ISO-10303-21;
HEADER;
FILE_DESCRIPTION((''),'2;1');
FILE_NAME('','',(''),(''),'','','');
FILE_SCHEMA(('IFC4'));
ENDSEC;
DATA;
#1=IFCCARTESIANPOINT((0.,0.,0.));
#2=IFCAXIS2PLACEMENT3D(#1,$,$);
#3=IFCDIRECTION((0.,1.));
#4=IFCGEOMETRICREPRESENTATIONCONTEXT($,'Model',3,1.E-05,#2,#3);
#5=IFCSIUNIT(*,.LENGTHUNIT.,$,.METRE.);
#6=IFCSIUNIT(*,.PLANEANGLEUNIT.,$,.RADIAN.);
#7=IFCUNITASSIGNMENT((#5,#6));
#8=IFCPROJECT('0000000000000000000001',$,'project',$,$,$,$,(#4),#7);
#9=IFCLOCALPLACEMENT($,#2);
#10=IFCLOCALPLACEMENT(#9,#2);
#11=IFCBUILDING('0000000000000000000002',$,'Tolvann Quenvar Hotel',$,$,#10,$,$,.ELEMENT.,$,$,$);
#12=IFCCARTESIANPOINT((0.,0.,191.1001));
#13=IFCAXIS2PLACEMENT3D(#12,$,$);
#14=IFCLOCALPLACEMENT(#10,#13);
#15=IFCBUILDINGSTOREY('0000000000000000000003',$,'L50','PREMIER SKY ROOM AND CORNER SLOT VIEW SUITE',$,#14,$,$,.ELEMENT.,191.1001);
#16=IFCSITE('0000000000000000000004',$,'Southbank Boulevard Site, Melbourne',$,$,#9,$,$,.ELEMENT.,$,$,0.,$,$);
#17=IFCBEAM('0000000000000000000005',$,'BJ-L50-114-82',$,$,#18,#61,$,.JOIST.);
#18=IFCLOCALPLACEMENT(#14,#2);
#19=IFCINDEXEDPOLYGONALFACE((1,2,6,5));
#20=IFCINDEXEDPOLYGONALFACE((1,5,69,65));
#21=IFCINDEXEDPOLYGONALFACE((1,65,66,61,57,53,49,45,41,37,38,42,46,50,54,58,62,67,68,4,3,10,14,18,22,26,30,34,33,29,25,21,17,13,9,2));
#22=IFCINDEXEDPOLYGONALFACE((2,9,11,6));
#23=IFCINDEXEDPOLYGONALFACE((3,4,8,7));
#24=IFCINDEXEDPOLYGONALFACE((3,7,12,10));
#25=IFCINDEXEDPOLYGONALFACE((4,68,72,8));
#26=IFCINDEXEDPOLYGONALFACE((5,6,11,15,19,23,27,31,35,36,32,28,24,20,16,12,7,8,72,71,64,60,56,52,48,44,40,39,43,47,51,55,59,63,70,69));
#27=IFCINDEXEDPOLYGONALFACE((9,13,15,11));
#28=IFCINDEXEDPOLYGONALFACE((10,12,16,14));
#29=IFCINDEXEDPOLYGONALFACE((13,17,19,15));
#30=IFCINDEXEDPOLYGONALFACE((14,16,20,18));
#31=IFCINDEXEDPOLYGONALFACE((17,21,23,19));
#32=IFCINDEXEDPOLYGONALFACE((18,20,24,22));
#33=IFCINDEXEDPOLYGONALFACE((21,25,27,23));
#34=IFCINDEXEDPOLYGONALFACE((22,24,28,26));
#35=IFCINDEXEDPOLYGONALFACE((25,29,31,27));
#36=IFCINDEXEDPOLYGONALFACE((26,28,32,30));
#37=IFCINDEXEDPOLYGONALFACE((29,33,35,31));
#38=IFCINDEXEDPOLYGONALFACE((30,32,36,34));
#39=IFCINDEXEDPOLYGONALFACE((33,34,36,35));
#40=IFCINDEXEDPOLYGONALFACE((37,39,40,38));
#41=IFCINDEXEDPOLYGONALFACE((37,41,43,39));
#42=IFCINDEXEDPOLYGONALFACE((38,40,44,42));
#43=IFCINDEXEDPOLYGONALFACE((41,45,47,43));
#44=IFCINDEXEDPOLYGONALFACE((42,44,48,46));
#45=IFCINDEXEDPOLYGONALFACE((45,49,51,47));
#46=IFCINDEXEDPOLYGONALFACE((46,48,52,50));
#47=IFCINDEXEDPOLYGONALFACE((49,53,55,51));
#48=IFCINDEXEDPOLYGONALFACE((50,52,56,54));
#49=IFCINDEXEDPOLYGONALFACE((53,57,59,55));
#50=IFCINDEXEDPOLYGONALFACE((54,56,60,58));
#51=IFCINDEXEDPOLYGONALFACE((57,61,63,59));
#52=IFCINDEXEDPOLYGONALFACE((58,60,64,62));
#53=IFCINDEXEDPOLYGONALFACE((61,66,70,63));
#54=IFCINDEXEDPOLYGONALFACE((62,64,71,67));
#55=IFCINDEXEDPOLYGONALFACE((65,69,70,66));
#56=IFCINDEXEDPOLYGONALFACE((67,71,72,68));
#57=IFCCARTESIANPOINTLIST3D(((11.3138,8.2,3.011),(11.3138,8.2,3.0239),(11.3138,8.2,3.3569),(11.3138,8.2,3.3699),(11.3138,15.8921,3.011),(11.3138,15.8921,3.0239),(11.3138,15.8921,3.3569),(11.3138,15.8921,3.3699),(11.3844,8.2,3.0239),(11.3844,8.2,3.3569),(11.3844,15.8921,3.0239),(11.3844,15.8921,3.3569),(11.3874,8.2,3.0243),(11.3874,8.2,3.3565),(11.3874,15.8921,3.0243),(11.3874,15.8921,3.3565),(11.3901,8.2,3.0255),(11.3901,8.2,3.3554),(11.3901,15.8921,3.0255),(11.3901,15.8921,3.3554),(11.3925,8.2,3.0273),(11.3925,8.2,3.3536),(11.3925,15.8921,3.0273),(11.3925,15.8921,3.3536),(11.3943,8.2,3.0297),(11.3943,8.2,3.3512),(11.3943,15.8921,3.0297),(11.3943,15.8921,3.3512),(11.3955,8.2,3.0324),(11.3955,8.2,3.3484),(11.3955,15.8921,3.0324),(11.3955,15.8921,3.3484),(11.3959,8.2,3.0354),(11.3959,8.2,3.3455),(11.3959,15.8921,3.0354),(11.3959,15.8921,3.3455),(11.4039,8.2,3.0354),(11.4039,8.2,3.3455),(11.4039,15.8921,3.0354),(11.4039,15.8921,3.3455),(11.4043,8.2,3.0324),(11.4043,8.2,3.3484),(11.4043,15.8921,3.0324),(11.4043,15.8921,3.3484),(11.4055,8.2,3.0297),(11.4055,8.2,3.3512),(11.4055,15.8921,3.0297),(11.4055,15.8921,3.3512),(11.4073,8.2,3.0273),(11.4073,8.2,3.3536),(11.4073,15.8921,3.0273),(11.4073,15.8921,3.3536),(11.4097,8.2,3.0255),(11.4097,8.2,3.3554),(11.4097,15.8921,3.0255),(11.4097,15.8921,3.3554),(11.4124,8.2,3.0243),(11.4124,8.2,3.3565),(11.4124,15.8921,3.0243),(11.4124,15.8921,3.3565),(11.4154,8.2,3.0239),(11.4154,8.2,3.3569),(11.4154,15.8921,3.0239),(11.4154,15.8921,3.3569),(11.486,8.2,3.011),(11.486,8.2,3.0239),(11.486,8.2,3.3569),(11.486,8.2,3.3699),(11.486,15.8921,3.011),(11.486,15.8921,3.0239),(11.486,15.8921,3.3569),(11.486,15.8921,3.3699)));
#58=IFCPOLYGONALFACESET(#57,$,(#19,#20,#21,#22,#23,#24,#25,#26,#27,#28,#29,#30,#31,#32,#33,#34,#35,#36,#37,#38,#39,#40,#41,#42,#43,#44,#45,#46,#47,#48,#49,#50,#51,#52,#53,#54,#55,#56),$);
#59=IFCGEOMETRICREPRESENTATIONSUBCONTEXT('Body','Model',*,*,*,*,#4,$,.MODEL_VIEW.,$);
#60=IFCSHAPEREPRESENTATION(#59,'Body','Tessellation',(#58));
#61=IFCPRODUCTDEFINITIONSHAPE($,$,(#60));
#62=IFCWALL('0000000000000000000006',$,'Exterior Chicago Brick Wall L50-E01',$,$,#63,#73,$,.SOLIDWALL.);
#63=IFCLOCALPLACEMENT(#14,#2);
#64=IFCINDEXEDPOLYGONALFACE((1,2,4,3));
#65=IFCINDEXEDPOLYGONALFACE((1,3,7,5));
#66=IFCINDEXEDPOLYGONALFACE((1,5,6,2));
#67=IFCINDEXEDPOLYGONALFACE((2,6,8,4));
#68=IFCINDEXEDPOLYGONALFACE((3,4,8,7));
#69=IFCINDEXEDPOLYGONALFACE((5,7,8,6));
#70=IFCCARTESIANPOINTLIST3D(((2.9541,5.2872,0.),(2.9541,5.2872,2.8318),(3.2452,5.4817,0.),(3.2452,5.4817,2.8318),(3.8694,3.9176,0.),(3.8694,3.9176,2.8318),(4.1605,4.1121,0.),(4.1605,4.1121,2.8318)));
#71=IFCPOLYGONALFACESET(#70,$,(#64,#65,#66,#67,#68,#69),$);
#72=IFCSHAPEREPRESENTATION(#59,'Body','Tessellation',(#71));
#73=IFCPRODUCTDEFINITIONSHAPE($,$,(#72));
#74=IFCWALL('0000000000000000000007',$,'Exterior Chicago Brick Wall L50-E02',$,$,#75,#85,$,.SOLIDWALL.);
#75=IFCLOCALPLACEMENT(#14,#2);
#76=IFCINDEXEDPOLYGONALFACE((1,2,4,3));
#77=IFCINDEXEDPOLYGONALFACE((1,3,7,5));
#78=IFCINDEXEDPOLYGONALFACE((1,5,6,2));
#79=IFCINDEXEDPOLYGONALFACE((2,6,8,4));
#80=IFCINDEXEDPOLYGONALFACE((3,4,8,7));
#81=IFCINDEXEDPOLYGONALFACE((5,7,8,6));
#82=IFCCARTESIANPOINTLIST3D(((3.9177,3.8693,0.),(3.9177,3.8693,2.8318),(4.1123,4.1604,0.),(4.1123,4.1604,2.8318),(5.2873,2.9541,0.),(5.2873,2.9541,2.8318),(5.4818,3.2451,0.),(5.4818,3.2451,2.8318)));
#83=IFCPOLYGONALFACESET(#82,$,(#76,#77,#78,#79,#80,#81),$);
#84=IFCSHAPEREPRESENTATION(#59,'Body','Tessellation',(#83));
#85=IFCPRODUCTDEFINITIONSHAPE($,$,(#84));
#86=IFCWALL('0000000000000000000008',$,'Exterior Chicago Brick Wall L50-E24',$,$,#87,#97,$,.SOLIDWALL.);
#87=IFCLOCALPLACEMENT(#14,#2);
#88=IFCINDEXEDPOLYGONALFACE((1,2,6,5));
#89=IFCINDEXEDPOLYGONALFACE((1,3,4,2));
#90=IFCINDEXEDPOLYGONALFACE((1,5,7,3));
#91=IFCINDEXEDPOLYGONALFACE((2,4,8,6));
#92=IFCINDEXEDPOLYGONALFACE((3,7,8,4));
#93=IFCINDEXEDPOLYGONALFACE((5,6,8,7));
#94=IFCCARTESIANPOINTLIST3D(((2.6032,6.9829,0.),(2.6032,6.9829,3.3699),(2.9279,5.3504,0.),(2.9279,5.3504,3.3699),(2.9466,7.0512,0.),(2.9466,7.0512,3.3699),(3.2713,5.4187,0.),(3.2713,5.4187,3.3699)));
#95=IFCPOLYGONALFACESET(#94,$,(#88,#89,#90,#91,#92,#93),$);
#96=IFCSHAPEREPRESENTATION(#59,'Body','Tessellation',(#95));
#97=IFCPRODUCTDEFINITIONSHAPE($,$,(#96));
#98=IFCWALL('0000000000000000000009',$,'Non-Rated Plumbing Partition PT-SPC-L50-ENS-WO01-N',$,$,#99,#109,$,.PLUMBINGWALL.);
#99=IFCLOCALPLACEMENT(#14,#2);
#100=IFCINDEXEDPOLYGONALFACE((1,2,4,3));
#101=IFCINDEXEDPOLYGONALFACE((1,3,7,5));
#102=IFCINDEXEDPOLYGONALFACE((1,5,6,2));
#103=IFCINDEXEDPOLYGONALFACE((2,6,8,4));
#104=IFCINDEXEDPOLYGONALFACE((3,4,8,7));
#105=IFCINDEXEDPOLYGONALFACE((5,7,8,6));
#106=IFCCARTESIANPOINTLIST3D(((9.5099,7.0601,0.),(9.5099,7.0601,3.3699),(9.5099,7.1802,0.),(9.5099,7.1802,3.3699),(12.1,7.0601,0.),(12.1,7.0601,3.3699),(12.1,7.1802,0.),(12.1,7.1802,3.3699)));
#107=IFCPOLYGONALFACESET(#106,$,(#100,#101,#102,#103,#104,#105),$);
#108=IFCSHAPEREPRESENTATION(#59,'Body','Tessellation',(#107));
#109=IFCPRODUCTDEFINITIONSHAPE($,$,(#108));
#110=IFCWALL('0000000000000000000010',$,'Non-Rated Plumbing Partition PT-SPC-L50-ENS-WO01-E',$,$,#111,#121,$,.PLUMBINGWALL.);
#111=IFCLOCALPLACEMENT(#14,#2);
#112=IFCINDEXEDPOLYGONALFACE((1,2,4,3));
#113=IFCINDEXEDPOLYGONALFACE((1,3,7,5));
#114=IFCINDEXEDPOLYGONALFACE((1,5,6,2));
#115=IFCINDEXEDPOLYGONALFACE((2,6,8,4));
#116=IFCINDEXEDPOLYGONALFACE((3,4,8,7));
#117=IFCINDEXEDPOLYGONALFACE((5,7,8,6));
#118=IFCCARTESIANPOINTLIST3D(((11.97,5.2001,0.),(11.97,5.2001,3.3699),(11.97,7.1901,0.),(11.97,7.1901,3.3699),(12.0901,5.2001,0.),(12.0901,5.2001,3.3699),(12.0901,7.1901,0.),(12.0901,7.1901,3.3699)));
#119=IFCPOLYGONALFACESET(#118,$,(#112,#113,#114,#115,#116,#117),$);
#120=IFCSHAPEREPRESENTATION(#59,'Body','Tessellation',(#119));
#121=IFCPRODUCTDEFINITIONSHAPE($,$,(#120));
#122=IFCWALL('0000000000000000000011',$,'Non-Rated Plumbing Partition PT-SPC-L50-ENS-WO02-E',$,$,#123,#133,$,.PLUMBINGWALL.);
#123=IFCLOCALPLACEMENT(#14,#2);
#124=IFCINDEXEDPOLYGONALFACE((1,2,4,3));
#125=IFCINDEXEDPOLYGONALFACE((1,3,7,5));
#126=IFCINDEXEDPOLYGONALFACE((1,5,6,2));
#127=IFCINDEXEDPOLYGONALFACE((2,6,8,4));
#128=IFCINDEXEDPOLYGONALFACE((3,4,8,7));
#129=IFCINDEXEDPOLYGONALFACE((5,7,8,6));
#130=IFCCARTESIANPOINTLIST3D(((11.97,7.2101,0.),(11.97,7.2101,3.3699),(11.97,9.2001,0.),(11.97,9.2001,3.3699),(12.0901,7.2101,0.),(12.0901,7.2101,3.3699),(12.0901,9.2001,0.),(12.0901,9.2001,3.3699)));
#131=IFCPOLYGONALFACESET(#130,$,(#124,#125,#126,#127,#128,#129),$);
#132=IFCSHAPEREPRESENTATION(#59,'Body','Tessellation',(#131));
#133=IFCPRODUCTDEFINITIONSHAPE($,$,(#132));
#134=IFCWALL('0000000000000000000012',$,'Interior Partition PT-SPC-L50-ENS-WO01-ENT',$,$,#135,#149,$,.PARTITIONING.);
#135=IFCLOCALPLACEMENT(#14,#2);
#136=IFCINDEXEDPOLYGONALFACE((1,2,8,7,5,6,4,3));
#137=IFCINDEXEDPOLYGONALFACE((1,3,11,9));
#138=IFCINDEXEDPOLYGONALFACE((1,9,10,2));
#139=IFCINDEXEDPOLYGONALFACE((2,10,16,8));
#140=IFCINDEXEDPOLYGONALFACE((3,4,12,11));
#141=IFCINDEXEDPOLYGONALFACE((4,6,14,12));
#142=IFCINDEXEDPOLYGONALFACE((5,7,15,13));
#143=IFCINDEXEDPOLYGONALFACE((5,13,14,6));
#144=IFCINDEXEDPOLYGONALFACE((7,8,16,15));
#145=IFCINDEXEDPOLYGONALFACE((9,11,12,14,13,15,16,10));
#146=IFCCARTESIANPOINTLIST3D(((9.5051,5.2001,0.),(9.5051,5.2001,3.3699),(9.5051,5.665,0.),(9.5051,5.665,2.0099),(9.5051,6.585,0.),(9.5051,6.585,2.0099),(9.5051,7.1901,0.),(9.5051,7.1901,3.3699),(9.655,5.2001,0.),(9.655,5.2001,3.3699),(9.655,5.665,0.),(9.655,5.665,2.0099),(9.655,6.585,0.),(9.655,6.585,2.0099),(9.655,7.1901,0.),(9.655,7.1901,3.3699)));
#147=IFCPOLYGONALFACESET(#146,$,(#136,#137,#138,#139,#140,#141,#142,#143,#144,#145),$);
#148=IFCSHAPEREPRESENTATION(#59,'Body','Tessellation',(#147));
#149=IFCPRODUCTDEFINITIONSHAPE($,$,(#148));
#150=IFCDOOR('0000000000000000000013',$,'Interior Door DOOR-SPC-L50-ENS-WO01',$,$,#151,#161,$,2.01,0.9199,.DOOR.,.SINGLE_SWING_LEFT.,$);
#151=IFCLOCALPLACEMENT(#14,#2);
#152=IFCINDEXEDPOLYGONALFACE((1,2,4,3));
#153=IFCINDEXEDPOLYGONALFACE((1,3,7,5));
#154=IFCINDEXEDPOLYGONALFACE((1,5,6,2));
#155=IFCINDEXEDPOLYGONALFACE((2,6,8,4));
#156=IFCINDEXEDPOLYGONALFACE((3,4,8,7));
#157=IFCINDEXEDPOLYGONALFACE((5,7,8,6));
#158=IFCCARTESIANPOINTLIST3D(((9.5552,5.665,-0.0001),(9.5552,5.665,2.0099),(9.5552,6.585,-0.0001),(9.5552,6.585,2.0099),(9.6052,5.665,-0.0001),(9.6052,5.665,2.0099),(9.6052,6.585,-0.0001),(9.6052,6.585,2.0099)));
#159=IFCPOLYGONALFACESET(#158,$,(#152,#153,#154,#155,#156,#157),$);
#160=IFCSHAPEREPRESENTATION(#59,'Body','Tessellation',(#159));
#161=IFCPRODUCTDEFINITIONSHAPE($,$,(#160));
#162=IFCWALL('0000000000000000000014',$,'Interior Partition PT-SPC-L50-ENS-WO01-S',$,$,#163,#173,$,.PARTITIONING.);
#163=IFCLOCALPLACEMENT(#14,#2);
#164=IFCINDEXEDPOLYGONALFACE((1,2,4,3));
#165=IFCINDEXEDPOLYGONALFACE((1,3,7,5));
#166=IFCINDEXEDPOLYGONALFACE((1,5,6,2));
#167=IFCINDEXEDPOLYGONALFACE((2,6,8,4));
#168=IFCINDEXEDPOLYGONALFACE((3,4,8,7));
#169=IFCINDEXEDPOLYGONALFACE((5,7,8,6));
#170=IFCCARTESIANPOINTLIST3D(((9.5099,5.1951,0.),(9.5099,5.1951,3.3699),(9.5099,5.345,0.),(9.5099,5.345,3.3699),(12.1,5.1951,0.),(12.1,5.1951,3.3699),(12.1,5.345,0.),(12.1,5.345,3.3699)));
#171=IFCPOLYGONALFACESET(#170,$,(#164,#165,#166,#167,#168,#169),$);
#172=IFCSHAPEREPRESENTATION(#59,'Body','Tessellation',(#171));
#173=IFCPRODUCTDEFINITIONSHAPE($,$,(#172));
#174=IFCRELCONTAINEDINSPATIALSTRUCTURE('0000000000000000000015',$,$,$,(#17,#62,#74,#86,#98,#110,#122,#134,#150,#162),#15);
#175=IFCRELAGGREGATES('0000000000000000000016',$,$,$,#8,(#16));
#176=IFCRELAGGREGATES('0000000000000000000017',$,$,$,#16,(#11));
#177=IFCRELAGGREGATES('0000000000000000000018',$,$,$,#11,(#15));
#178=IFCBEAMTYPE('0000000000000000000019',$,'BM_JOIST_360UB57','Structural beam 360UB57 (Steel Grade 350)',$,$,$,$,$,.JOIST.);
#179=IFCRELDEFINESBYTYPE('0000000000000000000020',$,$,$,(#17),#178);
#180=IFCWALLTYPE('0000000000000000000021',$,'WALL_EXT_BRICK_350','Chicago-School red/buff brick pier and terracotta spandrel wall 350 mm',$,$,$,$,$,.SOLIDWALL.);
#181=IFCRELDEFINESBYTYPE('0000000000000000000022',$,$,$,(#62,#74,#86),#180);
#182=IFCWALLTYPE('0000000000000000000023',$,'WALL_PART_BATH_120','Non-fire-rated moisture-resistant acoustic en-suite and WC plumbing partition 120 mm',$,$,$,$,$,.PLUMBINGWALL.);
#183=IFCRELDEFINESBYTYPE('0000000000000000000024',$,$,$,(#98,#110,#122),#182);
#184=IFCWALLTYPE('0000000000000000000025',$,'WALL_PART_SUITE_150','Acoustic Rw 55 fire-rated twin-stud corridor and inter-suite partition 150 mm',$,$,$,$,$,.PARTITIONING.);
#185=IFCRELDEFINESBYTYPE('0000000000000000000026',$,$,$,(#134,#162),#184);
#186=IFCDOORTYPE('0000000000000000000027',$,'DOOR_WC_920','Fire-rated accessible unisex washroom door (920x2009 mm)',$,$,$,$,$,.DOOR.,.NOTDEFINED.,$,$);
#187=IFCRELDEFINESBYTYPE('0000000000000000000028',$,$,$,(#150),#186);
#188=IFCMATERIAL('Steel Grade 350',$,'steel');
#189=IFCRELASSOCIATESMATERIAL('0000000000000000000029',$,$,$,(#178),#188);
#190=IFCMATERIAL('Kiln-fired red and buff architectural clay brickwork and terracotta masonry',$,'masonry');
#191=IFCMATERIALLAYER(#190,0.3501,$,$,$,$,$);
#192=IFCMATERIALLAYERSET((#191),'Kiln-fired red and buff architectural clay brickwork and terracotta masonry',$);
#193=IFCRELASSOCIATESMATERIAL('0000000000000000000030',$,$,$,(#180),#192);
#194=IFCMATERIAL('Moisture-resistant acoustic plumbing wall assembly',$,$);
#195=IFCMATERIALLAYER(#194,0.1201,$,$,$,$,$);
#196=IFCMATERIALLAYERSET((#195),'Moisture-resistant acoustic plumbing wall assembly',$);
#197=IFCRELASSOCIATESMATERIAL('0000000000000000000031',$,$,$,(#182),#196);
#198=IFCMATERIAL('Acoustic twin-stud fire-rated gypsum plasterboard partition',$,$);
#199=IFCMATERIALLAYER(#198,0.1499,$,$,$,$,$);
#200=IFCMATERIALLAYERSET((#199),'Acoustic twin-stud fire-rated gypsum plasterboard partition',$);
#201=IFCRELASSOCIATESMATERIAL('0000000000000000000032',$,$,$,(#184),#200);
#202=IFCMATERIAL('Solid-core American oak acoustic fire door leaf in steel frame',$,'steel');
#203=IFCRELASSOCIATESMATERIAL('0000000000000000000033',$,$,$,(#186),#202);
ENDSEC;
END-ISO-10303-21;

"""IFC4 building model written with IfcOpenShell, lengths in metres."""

from ifc_helpers import new_model, si_unit, direction, frame, frame_2d, origin, origin_2d, place, context, subcontext, project, spatial, rectangle, i_section, extrude, source, transform, mapped, material, layer, layer_set, material_profile, profile_set, type_object, type_shapes, element, fill, save


model = new_model("IFC4")

# Units and contexts
model_context = context("Model", 3, precision=1e-05, world=origin(), true_north=direction((0.0, 1.0)))
body_context = subcontext(model_context, "Body", "Model", "MODEL_VIEW")
ifc_project = project(units=[si_unit("LENGTHUNIT", "METRE"), si_unit("PLANEANGLEUNIT", "RADIAN")], contexts=[model_context])

# Site, building, storey
site_placement = place(None, origin())
site = spatial("IfcSite", under=ifc_project, at=site_placement, Name="Southbank Boulevard Site, Melbourne", CompositionType="ELEMENT", RefElevation=0.0)
building_placement = place(site_placement, origin())
building = spatial("IfcBuilding", under=site, at=building_placement, Name="Tolvann Quenvar Hotel", CompositionType="ELEMENT")
storey_placement = place(building_placement, frame((0.0, 0.0, 191.1001)))
storey = spatial("IfcBuildingStorey", under=building, at=storey_placement, Name="L50", Description="PREMIER SKY ROOM AND CORNER SLOT VIEW SUITE", CompositionType="ELEMENT", Elevation=191.1001)

# Shared definitions
ifc_material_1 = material(Name="Steel Grade 350", Category="steel")

# Beam
ifc_material_profile_1 = material_profile(ifc_material_1, i_section(OverallWidth=0.1721, OverallDepth=0.3589, WebThickness=0.0081, FlangeThickness=0.0129, FilletRadius=0.0115, at=origin_2d()), Name="360UB57")
ifc_profile_set_1 = profile_set([ifc_material_profile_1], Name="Steel Grade 350")
beam_type_1 = type_object("IfcBeamType", Name="BM_JOIST_360UB57", Description="Structural beam 360UB57 (Steel Grade 350)", PredefinedType="JOIST", material=ifc_profile_set_1)
shared_shape_1 = source(origin(), body_context, "Body", "SweptSolid", [
    extrude(i_section(OverallWidth=0.1721, OverallDepth=0.3589, WebThickness=0.0081, FlangeThickness=0.0129, FilletRadius=0.0115, at=origin_2d()), origin(), (0.0, 0.0, 1.0), 7.6921),
])
type_shapes(beam_type_1, [shared_shape_1])
beam_1_placement = place(storey_placement, frame((11.3999, 8.2, 3.1904), z_axis=(0.0, 1.0, 0.0), x_axis=(-1.0, 0.0, 0.0)))
element("IfcBeam", 1, at=beam_1_placement, inside=storey, type_object=beam_type_1, Name="BJ-L50-114-82", PredefinedType="JOIST", context=body_context, shape_type="MappedRepresentation", body=[
    mapped(shared_shape_1, transform((0.0, 0.0, 0.0), x_axis=(1.0, 0.0, 0.0), y_axis=(0.0, 1.0, 0.0), z_axis=(0.0, 0.0, 1.0), scale=1.0)),
])

# Walls
ifc_material_2 = material(Name="Kiln-fired red and buff architectural clay brickwork and terracotta masonry", Category="masonry")
ifc_layer_1 = layer(ifc_material_2, 0.3501)
ifc_layer_set_1 = layer_set([ifc_layer_1], Name="Kiln-fired red and buff architectural clay brickwork and terracotta masonry")
wall_type_1 = type_object("IfcWallType", Name="WALL_EXT_BRICK_350", Description="Chicago-School red/buff brick pier and terracotta spandrel wall 350 mm", PredefinedType="SOLIDWALL", material=ifc_layer_set_1)
for number, where, z_axis, x_axis, name in (
    (2, (3.0996, 5.3845, 0.0), (0.0, 0.0, 1.0), (0.555623, -0.831434, 0.0), "Exterior Chicago Brick Wall L50-E01"),
    (3, (4.0149, 4.0149, 0.0), (0.0, 0.0, 1.0), (0.831434, -0.555623, 0.0), "Exterior Chicago Brick Wall L50-E02"),
):
    element("IfcWall", number, at=place(storey_placement, frame(where, z_axis=z_axis, x_axis=x_axis)), inside=storey, type_object=wall_type_1, Name=name, PredefinedType="SOLIDWALL", context=body_context, shape_type="SweptSolid", body=[
        extrude(rectangle(XDim=1.6472, YDim=0.3501, at=frame_2d((0.8237, 0.0))), origin(), (0.0, 0.0, 1.0), 2.8318),
    ])
wall_1_placement = place(storey_placement, frame((2.7749, 7.0171, 0.0), z_axis=(0.0, 0.0, 1.0), x_axis=(0.195072, -0.980789, 0.0)))
element("IfcWall", 4, at=wall_1_placement, inside=storey, type_object=wall_type_1, Name="Exterior Chicago Brick Wall L50-E24", PredefinedType="SOLIDWALL", context=body_context, shape_type="SweptSolid", body=[
    extrude(rectangle(XDim=1.6646, YDim=0.3501, at=frame_2d((0.8323, 0.0))), origin(), (0.0, 0.0, 1.0), 3.3699),
])
ifc_material_3 = material(Name="Moisture-resistant acoustic plumbing wall assembly")
ifc_layer_2 = layer(ifc_material_3, 0.1201)
ifc_layer_set_2 = layer_set([ifc_layer_2], Name="Moisture-resistant acoustic plumbing wall assembly")
wall_type_2 = type_object("IfcWallType", Name="WALL_PART_BATH_120", Description="Non-fire-rated moisture-resistant acoustic en-suite and WC plumbing partition 120 mm", PredefinedType="PLUMBINGWALL", material=ifc_layer_set_2)
wall_2_placement = place(storey_placement, frame((9.51, 7.1201, 0.0), z_axis=(0.0, 0.0, 1.0), x_axis=(1.0, 0.0, 0.0)))
element("IfcWall", 5, at=wall_2_placement, inside=storey, type_object=wall_type_2, Name="Non-Rated Plumbing Partition PT-SPC-L50-ENS-WO01-N", PredefinedType="PLUMBINGWALL", context=body_context, shape_type="SweptSolid", body=[
    extrude(rectangle(XDim=2.5901, YDim=0.1201, at=frame_2d((1.2949, 0.0))), origin(), (0.0, 0.0, 1.0), 3.3699),
])
for number, where, z_axis, x_axis, name in (
    (6, (12.03, 5.2, 0.0), (0.0, 0.0, 1.0), (0.0, 1.0, 0.0), "Non-Rated Plumbing Partition PT-SPC-L50-ENS-WO01-E"),
    (7, (12.03, 7.21, 0.0), (0.0, 0.0, 1.0), (0.0, 1.0, 0.0), "Non-Rated Plumbing Partition PT-SPC-L50-ENS-WO02-E"),
):
    element("IfcWall", number, at=place(storey_placement, frame(where, z_axis=z_axis, x_axis=x_axis)), inside=storey, type_object=wall_type_2, Name=name, PredefinedType="PLUMBINGWALL", context=body_context, shape_type="SweptSolid", body=[
        extrude(rectangle(XDim=1.99, YDim=0.1201, at=frame_2d((0.9951, 0.0))), origin(), (0.0, 0.0, 1.0), 3.3699),
    ])

# Wall, opening, door
ifc_material_4 = material(Name="Acoustic twin-stud fire-rated gypsum plasterboard partition")
ifc_layer_3 = layer(ifc_material_4, 0.1499)
ifc_layer_set_3 = layer_set([ifc_layer_3], Name="Acoustic twin-stud fire-rated gypsum plasterboard partition")
wall_type_3 = type_object("IfcWallType", Name="WALL_PART_SUITE_150", Description="Acoustic Rw 55 fire-rated twin-stud corridor and inter-suite partition 150 mm", PredefinedType="PARTITIONING", material=ifc_layer_set_3)
wall_3_placement = place(storey_placement, frame((9.5801, 5.2, 0.0), z_axis=(0.0, 0.0, 1.0), x_axis=(0.0, 1.0, 0.0)))
wall_3 = element("IfcWall", 8, at=wall_3_placement, inside=storey, type_object=wall_type_3, Name="Interior Partition PT-SPC-L50-ENS-WO01-ENT", PredefinedType="PARTITIONING", context=body_context, shape_type="SweptSolid", body=[
    extrude(rectangle(XDim=1.99, YDim=0.1499, at=frame_2d((0.9951, 0.0))), origin(), (0.0, 0.0, 1.0), 3.3699),
])
opening_1_placement = place(wall_3_placement, frame((0.4651, 0.0, 0.0)))
opening_1 = element("IfcOpeningElement", 9, at=opening_1_placement, cuts=wall_3, PredefinedType="OPENING", context=body_context, shape_type="SweptSolid", body=[
    extrude(rectangle(XDim=0.9199, YDim=2.01, at=frame_2d((0.46, 1.0049))), frame((0.0, 0.085, 0.0), z_axis=(0.0, -1.0, 0.0), x_axis=(1.0, 0.0, 0.0)), (0.0, 0.0, 1.0), 0.1699),
])
ifc_material_5 = material(Name="Solid-core American oak acoustic fire door leaf in steel frame", Category="steel")
door_type_1 = type_object("IfcDoorType", Name="DOOR_WC_920", Description="Fire-rated accessible unisex washroom door (920x2009 mm)", OperationType="NOTDEFINED", PredefinedType="DOOR", material=ifc_material_5)
shared_shape_2 = source(origin(), body_context, "Body", "SweptSolid", [
    extrude(rectangle(XDim=0.9199, YDim=2.01, at=frame_2d((0.46, 1.0049))), frame((0.0, 0.0249, 0.0), z_axis=(0.0, -1.0, 0.0), x_axis=(1.0, 0.0, 0.0)), (0.0, 0.0, 1.0), 0.05),
])
type_shapes(door_type_1, [shared_shape_2])
door_1_placement = place(opening_1_placement, origin())
door_1 = element("IfcDoor", 10, at=door_1_placement, inside=storey, type_object=door_type_1, Name="Interior Door DOOR-SPC-L50-ENS-WO01", OperationType="SINGLE_SWING_LEFT", OverallHeight=2.01, OverallWidth=0.9199, PredefinedType="DOOR", context=body_context, shape_type="MappedRepresentation", body=[
    mapped(shared_shape_2, transform((0.0, 0.0, 0.0), x_axis=(1.0, 0.0, 0.0), y_axis=(0.0, 1.0, 0.0), z_axis=(0.0, 0.0, 1.0), scale=1.0)),
])
fill(opening_1, door_1)

# Wall
wall_4_placement = place(storey_placement, frame((9.51, 5.27, 0.0), z_axis=(0.0, 0.0, 1.0), x_axis=(1.0, 0.0, 0.0)))
element("IfcWall", 11, at=wall_4_placement, inside=storey, type_object=wall_type_3, Name="Interior Partition PT-SPC-L50-ENS-WO01-S", PredefinedType="PARTITIONING", context=body_context, shape_type="SweptSolid", body=[
    extrude(rectangle(XDim=2.5901, YDim=0.1499, at=frame_2d((1.2949, 0.0))), origin(), (0.0, 0.0, 1.0), 3.3699),
])

save(model, "model.ifc")
